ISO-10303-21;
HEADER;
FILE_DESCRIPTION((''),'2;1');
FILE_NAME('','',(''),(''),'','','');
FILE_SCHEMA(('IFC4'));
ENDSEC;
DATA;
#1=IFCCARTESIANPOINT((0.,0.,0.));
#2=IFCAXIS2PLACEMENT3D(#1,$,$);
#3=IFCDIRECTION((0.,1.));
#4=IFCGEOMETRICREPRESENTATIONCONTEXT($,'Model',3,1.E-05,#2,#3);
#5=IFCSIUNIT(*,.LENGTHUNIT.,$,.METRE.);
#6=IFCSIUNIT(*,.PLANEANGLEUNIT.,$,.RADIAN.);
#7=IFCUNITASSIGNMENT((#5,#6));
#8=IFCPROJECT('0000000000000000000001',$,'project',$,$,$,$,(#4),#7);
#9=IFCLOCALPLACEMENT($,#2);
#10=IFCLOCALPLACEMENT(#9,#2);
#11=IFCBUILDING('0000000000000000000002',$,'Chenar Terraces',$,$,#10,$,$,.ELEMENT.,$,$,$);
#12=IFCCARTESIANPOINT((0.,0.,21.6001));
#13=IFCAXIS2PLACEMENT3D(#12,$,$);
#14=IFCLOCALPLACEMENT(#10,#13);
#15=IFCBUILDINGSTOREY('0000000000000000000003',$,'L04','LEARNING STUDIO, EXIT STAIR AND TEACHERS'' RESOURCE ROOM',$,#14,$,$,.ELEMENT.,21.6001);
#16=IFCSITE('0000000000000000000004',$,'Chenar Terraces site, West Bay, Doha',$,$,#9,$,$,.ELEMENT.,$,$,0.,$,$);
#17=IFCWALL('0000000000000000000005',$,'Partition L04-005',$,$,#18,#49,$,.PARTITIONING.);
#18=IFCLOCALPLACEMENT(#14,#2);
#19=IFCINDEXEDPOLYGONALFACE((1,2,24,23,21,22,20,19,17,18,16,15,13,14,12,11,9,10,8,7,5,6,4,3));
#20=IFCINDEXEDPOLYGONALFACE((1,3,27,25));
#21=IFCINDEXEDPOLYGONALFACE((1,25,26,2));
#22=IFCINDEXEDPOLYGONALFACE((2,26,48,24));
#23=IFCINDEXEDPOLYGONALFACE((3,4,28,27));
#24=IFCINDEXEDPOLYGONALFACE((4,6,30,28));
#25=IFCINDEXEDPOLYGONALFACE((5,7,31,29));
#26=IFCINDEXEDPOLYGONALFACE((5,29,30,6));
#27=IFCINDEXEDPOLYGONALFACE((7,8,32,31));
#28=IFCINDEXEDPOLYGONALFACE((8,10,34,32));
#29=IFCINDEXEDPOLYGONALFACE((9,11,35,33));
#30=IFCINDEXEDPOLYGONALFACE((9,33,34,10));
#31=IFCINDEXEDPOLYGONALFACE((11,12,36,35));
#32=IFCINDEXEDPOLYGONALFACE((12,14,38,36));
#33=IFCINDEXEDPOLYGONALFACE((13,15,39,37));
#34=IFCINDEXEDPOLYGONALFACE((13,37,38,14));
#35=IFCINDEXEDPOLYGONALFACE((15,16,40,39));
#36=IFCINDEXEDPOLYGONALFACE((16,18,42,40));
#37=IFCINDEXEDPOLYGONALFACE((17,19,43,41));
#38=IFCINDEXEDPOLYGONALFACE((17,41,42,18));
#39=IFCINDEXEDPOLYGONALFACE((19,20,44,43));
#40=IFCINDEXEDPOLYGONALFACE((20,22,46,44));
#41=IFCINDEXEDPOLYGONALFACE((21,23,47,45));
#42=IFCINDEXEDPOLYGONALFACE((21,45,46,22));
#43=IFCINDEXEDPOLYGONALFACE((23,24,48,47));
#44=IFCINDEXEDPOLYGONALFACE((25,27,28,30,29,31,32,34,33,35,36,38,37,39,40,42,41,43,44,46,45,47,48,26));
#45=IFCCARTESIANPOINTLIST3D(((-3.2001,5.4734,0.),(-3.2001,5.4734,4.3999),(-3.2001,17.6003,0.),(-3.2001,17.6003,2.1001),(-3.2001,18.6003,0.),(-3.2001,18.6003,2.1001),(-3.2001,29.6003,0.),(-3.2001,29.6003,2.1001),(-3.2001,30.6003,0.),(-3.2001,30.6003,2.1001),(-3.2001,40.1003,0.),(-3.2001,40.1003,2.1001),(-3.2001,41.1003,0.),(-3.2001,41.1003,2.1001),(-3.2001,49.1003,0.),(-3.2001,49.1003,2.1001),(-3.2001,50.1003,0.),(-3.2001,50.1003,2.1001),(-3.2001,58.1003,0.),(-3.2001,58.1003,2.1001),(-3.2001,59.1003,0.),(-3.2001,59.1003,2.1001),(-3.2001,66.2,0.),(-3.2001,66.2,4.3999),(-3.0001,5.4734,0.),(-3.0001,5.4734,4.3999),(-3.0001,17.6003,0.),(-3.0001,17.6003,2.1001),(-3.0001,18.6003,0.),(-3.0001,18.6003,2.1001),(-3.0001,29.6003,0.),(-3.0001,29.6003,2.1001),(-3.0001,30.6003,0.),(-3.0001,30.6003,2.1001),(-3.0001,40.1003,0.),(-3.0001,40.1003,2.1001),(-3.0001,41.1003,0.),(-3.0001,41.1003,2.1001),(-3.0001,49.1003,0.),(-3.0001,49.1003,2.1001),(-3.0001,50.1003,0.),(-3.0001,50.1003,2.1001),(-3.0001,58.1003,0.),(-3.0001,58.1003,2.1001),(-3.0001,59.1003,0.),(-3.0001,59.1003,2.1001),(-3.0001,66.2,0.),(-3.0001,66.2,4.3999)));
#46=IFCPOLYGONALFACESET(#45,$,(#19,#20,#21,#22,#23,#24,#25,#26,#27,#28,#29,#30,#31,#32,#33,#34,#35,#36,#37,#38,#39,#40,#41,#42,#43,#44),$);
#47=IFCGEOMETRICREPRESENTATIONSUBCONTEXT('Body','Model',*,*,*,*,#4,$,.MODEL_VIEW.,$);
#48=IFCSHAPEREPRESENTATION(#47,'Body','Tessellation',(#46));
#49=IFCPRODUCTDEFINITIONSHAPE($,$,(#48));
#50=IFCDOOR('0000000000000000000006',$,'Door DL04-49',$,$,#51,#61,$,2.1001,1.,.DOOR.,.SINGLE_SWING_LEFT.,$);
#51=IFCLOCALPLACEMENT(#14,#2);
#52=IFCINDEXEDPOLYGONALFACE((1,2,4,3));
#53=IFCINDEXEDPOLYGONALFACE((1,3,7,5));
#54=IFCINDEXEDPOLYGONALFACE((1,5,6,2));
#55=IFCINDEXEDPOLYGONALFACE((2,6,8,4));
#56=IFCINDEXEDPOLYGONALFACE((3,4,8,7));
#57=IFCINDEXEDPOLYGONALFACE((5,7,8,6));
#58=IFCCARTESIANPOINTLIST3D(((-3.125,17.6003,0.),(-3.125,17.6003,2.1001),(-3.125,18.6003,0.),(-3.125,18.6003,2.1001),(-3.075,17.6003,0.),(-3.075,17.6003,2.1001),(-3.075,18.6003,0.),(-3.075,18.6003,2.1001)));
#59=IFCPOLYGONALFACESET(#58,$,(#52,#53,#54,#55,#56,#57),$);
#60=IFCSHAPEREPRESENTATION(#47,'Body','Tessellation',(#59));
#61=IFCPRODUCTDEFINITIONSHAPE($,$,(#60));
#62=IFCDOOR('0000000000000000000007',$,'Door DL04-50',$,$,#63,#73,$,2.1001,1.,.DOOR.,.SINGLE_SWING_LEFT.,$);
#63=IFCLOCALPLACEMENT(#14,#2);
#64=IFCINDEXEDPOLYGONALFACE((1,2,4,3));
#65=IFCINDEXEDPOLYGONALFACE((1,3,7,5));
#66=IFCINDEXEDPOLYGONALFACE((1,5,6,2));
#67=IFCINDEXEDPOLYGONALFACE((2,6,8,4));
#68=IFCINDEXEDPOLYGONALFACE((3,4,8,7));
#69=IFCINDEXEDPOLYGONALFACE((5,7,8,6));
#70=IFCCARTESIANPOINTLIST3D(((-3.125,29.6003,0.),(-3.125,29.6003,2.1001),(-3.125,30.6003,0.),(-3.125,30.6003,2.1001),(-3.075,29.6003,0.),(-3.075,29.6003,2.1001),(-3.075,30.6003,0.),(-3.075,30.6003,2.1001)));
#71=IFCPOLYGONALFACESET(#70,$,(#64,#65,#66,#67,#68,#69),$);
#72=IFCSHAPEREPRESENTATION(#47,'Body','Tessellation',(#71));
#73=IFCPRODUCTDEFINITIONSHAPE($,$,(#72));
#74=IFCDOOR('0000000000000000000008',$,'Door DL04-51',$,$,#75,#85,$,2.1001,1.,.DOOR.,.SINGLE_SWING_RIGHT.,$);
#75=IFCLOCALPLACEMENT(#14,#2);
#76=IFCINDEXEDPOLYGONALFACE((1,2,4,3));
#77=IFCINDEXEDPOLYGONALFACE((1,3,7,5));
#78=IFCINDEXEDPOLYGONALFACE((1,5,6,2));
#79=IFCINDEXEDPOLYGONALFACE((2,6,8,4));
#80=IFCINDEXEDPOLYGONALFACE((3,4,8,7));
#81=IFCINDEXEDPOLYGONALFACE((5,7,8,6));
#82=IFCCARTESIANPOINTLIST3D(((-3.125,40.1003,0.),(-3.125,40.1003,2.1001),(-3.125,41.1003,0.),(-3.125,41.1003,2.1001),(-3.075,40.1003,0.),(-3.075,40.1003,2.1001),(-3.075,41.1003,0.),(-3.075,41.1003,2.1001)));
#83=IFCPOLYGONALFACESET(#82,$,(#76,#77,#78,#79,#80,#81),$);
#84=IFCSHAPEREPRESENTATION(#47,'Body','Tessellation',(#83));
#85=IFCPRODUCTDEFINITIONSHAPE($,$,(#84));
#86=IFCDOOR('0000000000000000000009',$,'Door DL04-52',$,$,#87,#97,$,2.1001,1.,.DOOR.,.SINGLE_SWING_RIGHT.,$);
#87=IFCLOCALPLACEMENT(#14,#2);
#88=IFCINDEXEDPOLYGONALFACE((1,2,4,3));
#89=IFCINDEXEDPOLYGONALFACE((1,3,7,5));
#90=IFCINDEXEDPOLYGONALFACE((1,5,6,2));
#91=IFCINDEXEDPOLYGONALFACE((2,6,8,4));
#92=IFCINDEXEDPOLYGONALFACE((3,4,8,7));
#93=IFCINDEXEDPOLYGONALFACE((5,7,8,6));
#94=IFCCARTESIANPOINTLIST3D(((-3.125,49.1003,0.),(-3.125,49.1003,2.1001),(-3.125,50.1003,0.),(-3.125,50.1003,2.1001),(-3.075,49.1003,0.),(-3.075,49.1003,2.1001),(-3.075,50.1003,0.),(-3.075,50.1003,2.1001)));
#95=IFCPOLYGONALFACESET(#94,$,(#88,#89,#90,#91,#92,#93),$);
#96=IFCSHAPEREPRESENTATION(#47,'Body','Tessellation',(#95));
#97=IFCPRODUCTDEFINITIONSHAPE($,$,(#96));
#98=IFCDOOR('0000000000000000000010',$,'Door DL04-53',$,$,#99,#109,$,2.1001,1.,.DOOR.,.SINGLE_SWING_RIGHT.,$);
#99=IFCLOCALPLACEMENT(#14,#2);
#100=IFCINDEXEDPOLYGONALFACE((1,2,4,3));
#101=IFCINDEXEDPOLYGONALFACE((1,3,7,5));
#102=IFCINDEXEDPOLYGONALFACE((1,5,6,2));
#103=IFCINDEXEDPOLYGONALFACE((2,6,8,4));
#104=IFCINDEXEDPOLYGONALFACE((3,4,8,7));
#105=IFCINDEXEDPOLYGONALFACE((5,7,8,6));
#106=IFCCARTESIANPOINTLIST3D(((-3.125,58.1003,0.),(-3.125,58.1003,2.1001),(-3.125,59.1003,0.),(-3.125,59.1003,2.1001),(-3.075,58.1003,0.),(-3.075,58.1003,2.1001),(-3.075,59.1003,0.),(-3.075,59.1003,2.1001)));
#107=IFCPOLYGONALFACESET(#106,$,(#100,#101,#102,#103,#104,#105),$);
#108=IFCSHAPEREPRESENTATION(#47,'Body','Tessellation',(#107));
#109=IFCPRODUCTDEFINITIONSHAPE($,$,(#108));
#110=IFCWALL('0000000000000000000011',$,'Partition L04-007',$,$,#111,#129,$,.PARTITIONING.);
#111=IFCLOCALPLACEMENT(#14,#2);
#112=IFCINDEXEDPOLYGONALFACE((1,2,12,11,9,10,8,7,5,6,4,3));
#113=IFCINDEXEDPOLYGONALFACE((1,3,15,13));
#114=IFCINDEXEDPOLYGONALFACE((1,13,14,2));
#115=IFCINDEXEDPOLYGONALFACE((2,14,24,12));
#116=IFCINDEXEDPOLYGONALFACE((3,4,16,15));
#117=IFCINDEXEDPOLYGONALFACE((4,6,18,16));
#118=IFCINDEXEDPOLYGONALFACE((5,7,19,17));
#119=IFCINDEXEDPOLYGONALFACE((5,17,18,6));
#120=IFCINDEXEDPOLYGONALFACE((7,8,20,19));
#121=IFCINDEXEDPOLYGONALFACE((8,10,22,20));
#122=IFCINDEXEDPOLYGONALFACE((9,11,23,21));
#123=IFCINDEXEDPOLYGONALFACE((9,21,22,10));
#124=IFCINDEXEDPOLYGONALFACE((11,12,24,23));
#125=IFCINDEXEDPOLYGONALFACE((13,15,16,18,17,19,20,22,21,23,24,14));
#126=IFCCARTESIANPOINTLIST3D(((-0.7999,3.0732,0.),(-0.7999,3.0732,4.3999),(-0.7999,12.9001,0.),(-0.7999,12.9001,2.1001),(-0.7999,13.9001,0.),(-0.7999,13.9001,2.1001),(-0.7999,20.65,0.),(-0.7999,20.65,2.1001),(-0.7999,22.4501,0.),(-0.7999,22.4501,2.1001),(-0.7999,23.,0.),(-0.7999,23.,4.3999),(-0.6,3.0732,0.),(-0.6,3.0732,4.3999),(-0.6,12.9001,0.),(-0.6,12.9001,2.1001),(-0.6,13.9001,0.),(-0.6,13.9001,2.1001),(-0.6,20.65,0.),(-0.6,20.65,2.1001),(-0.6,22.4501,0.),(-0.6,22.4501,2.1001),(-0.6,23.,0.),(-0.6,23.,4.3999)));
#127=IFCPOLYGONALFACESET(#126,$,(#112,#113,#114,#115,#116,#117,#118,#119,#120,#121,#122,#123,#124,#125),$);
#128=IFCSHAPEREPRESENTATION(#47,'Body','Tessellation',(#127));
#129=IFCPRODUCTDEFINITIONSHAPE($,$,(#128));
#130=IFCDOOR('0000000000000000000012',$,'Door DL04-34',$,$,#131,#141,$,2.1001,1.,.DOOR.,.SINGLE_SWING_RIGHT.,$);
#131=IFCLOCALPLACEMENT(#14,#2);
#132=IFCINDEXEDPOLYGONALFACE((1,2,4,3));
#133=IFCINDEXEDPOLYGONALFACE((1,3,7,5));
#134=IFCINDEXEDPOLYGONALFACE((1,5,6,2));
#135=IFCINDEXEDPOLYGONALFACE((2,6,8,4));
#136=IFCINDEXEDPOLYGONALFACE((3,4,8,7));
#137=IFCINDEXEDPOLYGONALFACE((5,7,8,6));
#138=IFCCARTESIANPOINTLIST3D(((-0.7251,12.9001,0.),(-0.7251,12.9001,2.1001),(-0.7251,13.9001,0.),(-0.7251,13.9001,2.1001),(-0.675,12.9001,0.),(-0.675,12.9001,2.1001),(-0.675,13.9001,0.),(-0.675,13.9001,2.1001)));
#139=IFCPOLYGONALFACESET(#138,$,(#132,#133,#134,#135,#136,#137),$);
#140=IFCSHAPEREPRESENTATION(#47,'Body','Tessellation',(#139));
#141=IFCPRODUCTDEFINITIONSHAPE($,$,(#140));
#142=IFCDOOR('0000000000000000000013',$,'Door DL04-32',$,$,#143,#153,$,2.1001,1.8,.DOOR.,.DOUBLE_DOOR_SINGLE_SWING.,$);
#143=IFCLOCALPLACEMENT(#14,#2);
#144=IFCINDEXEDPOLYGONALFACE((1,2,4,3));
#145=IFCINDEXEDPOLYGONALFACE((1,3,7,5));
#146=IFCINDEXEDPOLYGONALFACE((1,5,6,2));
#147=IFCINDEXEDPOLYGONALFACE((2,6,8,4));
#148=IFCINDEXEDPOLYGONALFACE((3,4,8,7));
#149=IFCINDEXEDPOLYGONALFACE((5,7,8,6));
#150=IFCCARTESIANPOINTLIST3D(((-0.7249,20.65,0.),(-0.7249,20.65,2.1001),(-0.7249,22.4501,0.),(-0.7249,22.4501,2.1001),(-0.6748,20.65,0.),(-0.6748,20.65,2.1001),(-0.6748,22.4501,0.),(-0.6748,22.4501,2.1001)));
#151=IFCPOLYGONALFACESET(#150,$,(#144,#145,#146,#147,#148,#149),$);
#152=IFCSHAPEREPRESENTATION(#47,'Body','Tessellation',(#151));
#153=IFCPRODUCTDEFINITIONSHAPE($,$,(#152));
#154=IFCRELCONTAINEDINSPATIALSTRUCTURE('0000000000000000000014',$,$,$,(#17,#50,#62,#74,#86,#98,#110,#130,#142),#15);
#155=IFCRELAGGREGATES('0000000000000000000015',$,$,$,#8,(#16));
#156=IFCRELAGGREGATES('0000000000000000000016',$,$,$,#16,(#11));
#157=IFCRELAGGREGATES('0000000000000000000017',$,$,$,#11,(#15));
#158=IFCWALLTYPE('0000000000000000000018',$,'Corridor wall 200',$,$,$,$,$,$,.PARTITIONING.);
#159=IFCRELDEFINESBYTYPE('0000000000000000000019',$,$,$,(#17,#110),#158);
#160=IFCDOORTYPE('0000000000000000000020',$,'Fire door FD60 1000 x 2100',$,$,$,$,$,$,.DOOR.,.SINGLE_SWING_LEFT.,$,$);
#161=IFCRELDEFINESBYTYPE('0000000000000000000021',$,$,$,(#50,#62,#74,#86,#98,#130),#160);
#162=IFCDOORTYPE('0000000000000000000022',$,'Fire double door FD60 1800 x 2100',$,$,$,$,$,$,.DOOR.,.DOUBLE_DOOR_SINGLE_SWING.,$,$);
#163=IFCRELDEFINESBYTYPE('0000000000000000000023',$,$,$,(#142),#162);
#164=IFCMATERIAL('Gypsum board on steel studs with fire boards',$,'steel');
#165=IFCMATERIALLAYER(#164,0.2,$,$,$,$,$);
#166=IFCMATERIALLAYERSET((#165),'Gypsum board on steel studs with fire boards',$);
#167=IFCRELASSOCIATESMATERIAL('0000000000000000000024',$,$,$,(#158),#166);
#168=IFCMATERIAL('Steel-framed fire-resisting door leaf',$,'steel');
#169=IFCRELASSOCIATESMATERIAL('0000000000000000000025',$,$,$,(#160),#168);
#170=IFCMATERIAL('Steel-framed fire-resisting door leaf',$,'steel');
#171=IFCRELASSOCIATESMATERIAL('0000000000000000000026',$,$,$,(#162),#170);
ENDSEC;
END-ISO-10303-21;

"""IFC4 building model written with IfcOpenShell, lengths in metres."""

from ifc_helpers import new_model, si_unit, direction, frame, frame_2d, origin, place, context, subcontext, project, spatial, rectangle, extrude, material, layer, layer_set, type_object, element, fill, save


model = new_model("IFC4")

# Units and contexts
model_context = context("Model", 3, precision=1e-05, world=origin(), true_north=direction((0.0, 1.0)))
body_context = subcontext(model_context, "Body", "Model", "MODEL_VIEW")
ifc_project = project(units=[si_unit("LENGTHUNIT", "METRE"), si_unit("PLANEANGLEUNIT", "RADIAN")], contexts=[model_context])

# Site, building, storey
site_placement = place(None, origin())
site = spatial("IfcSite", under=ifc_project, at=site_placement, Name="Chenar Terraces site, West Bay, Doha", CompositionType="ELEMENT", RefElevation=0.0)
building_placement = place(site_placement, origin())
building = spatial("IfcBuilding", under=site, at=building_placement, Name="Chenar Terraces", CompositionType="ELEMENT")
storey_placement = place(building_placement, frame((0.0, 0.0, 21.6001)))
storey = spatial("IfcBuildingStorey", under=building, at=storey_placement, Name="L04", Description="LEARNING STUDIO, EXIT STAIR AND TEACHERS' RESOURCE ROOM", CompositionType="ELEMENT", Elevation=21.6001)

# Walls, openings, doors
ifc_material_1 = material(Name="Gypsum board on steel studs with fire boards", Category="steel")
ifc_layer_1 = layer(ifc_material_1, 0.2)
ifc_layer_set_1 = layer_set([ifc_layer_1], Name="Gypsum board on steel studs with fire boards")
wall_type_1 = type_object("IfcWallType", Name="Corridor wall 200", PredefinedType="PARTITIONING", material=ifc_layer_set_1)
wall_1_placement = place(storey_placement, frame((-3.1001, 5.4734, 0.0), z_axis=(0.0, 0.0, 1.0), x_axis=(0.0, 1.0, 0.0)))
wall_1 = element("IfcWall", 1, at=wall_1_placement, inside=storey, type_object=wall_type_1, Name="Partition L04-005", PredefinedType="PARTITIONING", context=body_context, shape_type="SweptSolid", body=[
    extrude(rectangle(XDim=60.7266, YDim=0.2, at=frame_2d((30.3633, 0.0))), origin(), (0.0, 0.0, 1.0), 4.3999),
])
opening_1_placement = place(wall_1_placement, frame((12.127, 0.0, 0.0)))
opening_1 = element("IfcOpeningElement", 2, at=opening_1_placement, cuts=wall_1, PredefinedType="OPENING", context=body_context, shape_type="SweptSolid", body=[
    extrude(rectangle(XDim=1.0, YDim=2.1001, at=frame_2d((0.5, 1.05))), frame((0.0, 0.1099, 0.0), z_axis=(0.0, -1.0, 0.0), x_axis=(1.0, 0.0, 0.0)), (0.0, 0.0, 1.0), 0.22),
])
opening_2_placement = place(wall_1_placement, frame((24.127, 0.0, 0.0)))
opening_2 = element("IfcOpeningElement", 3, at=opening_2_placement, cuts=wall_1, PredefinedType="OPENING", context=body_context, shape_type="SweptSolid", body=[
    extrude(rectangle(XDim=1.0, YDim=2.1001, at=frame_2d((0.5, 1.05))), frame((0.0, 0.1099, 0.0), z_axis=(0.0, -1.0, 0.0), x_axis=(1.0, 0.0, 0.0)), (0.0, 0.0, 1.0), 0.22),
])
opening_3_placement = place(wall_1_placement, frame((34.627, 0.0, 0.0)))
opening_3 = element("IfcOpeningElement", 4, at=opening_3_placement, cuts=wall_1, PredefinedType="OPENING", context=body_context, shape_type="SweptSolid", body=[
    extrude(rectangle(XDim=1.0, YDim=2.1001, at=frame_2d((0.5, 1.05))), frame((0.0, 0.1099, 0.0), z_axis=(0.0, -1.0, 0.0), x_axis=(1.0, 0.0, 0.0)), (0.0, 0.0, 1.0), 0.22),
])
opening_4_placement = place(wall_1_placement, frame((43.627, 0.0, 0.0)))
opening_4 = element("IfcOpeningElement", 5, at=opening_4_placement, cuts=wall_1, PredefinedType="OPENING", context=body_context, shape_type="SweptSolid", body=[
    extrude(rectangle(XDim=1.0, YDim=2.1001, at=frame_2d((0.5, 1.05))), frame((0.0, 0.1099, 0.0), z_axis=(0.0, -1.0, 0.0), x_axis=(1.0, 0.0, 0.0)), (0.0, 0.0, 1.0), 0.22),
])
opening_5_placement = place(wall_1_placement, frame((52.627, 0.0, 0.0)))
opening_5 = element("IfcOpeningElement", 6, at=opening_5_placement, cuts=wall_1, PredefinedType="OPENING", context=body_context, shape_type="SweptSolid", body=[
    extrude(rectangle(XDim=1.0, YDim=2.1001, at=frame_2d((0.5, 1.05))), frame((0.0, 0.1099, 0.0), z_axis=(0.0, -1.0, 0.0), x_axis=(1.0, 0.0, 0.0)), (0.0, 0.0, 1.0), 0.22),
])
ifc_material_2 = material(Name="Steel-framed fire-resisting door leaf", Category="steel")
door_type_1 = type_object("IfcDoorType", Name="Fire door FD60 1000 x 2100", OperationType="SINGLE_SWING_LEFT", PredefinedType="DOOR", material=ifc_material_2)
door_1_placement = place(opening_1_placement, origin())
door_1 = element("IfcDoor", 7, at=door_1_placement, inside=storey, type_object=door_type_1, Name="Door DL04-49", OperationType="SINGLE_SWING_LEFT", OverallHeight=2.1001, OverallWidth=1.0, PredefinedType="DOOR", context=body_context, shape_type="SweptSolid", body=[
    extrude(rectangle(XDim=1.0, YDim=2.1001, at=frame_2d((0.5, 1.05))), frame((0.0, 0.0249, 0.0), z_axis=(0.0, -1.0, 0.0), x_axis=(1.0, 0.0, 0.0)), (0.0, 0.0, 1.0), 0.05),
])
fill(opening_1, door_1)
door_2_placement = place(opening_2_placement, origin())
door_2 = element("IfcDoor", 8, at=door_2_placement, inside=storey, type_object=door_type_1, Name="Door DL04-50", OperationType="SINGLE_SWING_LEFT", OverallHeight=2.1001, OverallWidth=1.0, PredefinedType="DOOR", context=body_context, shape_type="SweptSolid", body=[
    extrude(rectangle(XDim=1.0, YDim=2.1001, at=frame_2d((0.5, 1.05))), frame((0.0, 0.0249, 0.0), z_axis=(0.0, -1.0, 0.0), x_axis=(1.0, 0.0, 0.0)), (0.0, 0.0, 1.0), 0.05),
])
fill(opening_2, door_2)
door_3_placement = place(opening_3_placement, origin())
door_3 = element("IfcDoor", 9, at=door_3_placement, inside=storey, type_object=door_type_1, Name="Door DL04-51", OperationType="SINGLE_SWING_RIGHT", OverallHeight=2.1001, OverallWidth=1.0, PredefinedType="DOOR", context=body_context, shape_type="SweptSolid", body=[
    extrude(rectangle(XDim=1.0, YDim=2.1001, at=frame_2d((0.5, 1.05))), frame((0.0, 0.0249, 0.0), z_axis=(0.0, -1.0, 0.0), x_axis=(1.0, 0.0, 0.0)), (0.0, 0.0, 1.0), 0.05),
])
fill(opening_3, door_3)
door_4_placement = place(opening_4_placement, origin())
door_4 = element("IfcDoor", 10, at=door_4_placement, inside=storey, type_object=door_type_1, Name="Door DL04-52", OperationType="SINGLE_SWING_RIGHT", OverallHeight=2.1001, OverallWidth=1.0, PredefinedType="DOOR", context=body_context, shape_type="SweptSolid", body=[
    extrude(rectangle(XDim=1.0, YDim=2.1001, at=frame_2d((0.5, 1.05))), frame((0.0, 0.0249, 0.0), z_axis=(0.0, -1.0, 0.0), x_axis=(1.0, 0.0, 0.0)), (0.0, 0.0, 1.0), 0.05),
])
fill(opening_4, door_4)
door_5_placement = place(opening_5_placement, origin())
door_5 = element("IfcDoor", 11, at=door_5_placement, inside=storey, type_object=door_type_1, Name="Door DL04-53", OperationType="SINGLE_SWING_RIGHT", OverallHeight=2.1001, OverallWidth=1.0, PredefinedType="DOOR", context=body_context, shape_type="SweptSolid", body=[
    extrude(rectangle(XDim=1.0, YDim=2.1001, at=frame_2d((0.5, 1.05))), frame((0.0, 0.0249, 0.0), z_axis=(0.0, -1.0, 0.0), x_axis=(1.0, 0.0, 0.0)), (0.0, 0.0, 1.0), 0.05),
])
fill(opening_5, door_5)
wall_2_placement = place(storey_placement, frame((-0.7, 3.0732, 0.0), z_axis=(0.0, 0.0, 1.0), x_axis=(0.0, 1.0, 0.0)))
wall_2 = element("IfcWall", 12, at=wall_2_placement, inside=storey, type_object=wall_type_1, Name="Partition L04-007", PredefinedType="PARTITIONING", context=body_context, shape_type="SweptSolid", body=[
    extrude(rectangle(XDim=19.9268, YDim=0.2, at=frame_2d((9.9634, 0.0))), origin(), (0.0, 0.0, 1.0), 4.3999),
])
opening_6_placement = place(wall_2_placement, frame((17.5769, 0.0, 0.0)))
opening_6 = element("IfcOpeningElement", 13, at=opening_6_placement, cuts=wall_2, PredefinedType="OPENING", context=body_context, shape_type="SweptSolid", body=[
    extrude(rectangle(XDim=1.8, YDim=2.1001, at=frame_2d((0.8999, 1.05))), frame((0.0, 0.1099, 0.0), z_axis=(0.0, -1.0, 0.0), x_axis=(1.0, 0.0, 0.0)), (0.0, 0.0, 1.0), 0.22),
])
opening_7_placement = place(wall_2_placement, frame((9.8269, 0.0, 0.0)))
opening_7 = element("IfcOpeningElement", 14, at=opening_7_placement, cuts=wall_2, PredefinedType="OPENING", context=body_context, shape_type="SweptSolid", body=[
    extrude(rectangle(XDim=1.0, YDim=2.1001, at=frame_2d((0.5, 1.05))), frame((0.0, 0.1099, 0.0), z_axis=(0.0, -1.0, 0.0), x_axis=(1.0, 0.0, 0.0)), (0.0, 0.0, 1.0), 0.22),
])
door_6_placement = place(opening_7_placement, frame((1.0, 0.0, 0.0), z_axis=(0.0, 0.0, 1.0), x_axis=(-1.0, 0.0, 0.0)))
door_6 = element("IfcDoor", 15, at=door_6_placement, inside=storey, type_object=door_type_1, Name="Door DL04-34", OperationType="SINGLE_SWING_RIGHT", OverallHeight=2.1001, OverallWidth=1.0, PredefinedType="DOOR", context=body_context, shape_type="SweptSolid", body=[
    extrude(rectangle(XDim=1.0, YDim=2.1001, at=frame_2d((0.5, 1.05))), frame((0.0, 0.0249, 0.0), z_axis=(0.0, -1.0, 0.0), x_axis=(1.0, 0.0, 0.0)), (0.0, 0.0, 1.0), 0.05),
])
fill(opening_7, door_6)
ifc_material_3 = material(Name="Steel-framed fire-resisting door leaf", Category="steel")
door_type_2 = type_object("IfcDoorType", Name="Fire double door FD60 1800 x 2100", OperationType="DOUBLE_DOOR_SINGLE_SWING", PredefinedType="DOOR", material=ifc_material_3)
door_7_placement = place(opening_6_placement, origin())
door_7 = element("IfcDoor", 16, at=door_7_placement, inside=storey, type_object=door_type_2, Name="Door DL04-32", OperationType="DOUBLE_DOOR_SINGLE_SWING", OverallHeight=2.1001, OverallWidth=1.8, PredefinedType="DOOR", context=body_context, shape_type="SweptSolid", body=[
    extrude(rectangle(XDim=1.8, YDim=2.1001, at=frame_2d((0.8999, 1.05))), frame((0.0, 0.0249, 0.0), z_axis=(0.0, -1.0, 0.0), x_axis=(1.0, 0.0, 0.0)), (0.0, 0.0, 1.0), 0.05),
])
fill(opening_6, door_7)

save(model, "model.ifc")
